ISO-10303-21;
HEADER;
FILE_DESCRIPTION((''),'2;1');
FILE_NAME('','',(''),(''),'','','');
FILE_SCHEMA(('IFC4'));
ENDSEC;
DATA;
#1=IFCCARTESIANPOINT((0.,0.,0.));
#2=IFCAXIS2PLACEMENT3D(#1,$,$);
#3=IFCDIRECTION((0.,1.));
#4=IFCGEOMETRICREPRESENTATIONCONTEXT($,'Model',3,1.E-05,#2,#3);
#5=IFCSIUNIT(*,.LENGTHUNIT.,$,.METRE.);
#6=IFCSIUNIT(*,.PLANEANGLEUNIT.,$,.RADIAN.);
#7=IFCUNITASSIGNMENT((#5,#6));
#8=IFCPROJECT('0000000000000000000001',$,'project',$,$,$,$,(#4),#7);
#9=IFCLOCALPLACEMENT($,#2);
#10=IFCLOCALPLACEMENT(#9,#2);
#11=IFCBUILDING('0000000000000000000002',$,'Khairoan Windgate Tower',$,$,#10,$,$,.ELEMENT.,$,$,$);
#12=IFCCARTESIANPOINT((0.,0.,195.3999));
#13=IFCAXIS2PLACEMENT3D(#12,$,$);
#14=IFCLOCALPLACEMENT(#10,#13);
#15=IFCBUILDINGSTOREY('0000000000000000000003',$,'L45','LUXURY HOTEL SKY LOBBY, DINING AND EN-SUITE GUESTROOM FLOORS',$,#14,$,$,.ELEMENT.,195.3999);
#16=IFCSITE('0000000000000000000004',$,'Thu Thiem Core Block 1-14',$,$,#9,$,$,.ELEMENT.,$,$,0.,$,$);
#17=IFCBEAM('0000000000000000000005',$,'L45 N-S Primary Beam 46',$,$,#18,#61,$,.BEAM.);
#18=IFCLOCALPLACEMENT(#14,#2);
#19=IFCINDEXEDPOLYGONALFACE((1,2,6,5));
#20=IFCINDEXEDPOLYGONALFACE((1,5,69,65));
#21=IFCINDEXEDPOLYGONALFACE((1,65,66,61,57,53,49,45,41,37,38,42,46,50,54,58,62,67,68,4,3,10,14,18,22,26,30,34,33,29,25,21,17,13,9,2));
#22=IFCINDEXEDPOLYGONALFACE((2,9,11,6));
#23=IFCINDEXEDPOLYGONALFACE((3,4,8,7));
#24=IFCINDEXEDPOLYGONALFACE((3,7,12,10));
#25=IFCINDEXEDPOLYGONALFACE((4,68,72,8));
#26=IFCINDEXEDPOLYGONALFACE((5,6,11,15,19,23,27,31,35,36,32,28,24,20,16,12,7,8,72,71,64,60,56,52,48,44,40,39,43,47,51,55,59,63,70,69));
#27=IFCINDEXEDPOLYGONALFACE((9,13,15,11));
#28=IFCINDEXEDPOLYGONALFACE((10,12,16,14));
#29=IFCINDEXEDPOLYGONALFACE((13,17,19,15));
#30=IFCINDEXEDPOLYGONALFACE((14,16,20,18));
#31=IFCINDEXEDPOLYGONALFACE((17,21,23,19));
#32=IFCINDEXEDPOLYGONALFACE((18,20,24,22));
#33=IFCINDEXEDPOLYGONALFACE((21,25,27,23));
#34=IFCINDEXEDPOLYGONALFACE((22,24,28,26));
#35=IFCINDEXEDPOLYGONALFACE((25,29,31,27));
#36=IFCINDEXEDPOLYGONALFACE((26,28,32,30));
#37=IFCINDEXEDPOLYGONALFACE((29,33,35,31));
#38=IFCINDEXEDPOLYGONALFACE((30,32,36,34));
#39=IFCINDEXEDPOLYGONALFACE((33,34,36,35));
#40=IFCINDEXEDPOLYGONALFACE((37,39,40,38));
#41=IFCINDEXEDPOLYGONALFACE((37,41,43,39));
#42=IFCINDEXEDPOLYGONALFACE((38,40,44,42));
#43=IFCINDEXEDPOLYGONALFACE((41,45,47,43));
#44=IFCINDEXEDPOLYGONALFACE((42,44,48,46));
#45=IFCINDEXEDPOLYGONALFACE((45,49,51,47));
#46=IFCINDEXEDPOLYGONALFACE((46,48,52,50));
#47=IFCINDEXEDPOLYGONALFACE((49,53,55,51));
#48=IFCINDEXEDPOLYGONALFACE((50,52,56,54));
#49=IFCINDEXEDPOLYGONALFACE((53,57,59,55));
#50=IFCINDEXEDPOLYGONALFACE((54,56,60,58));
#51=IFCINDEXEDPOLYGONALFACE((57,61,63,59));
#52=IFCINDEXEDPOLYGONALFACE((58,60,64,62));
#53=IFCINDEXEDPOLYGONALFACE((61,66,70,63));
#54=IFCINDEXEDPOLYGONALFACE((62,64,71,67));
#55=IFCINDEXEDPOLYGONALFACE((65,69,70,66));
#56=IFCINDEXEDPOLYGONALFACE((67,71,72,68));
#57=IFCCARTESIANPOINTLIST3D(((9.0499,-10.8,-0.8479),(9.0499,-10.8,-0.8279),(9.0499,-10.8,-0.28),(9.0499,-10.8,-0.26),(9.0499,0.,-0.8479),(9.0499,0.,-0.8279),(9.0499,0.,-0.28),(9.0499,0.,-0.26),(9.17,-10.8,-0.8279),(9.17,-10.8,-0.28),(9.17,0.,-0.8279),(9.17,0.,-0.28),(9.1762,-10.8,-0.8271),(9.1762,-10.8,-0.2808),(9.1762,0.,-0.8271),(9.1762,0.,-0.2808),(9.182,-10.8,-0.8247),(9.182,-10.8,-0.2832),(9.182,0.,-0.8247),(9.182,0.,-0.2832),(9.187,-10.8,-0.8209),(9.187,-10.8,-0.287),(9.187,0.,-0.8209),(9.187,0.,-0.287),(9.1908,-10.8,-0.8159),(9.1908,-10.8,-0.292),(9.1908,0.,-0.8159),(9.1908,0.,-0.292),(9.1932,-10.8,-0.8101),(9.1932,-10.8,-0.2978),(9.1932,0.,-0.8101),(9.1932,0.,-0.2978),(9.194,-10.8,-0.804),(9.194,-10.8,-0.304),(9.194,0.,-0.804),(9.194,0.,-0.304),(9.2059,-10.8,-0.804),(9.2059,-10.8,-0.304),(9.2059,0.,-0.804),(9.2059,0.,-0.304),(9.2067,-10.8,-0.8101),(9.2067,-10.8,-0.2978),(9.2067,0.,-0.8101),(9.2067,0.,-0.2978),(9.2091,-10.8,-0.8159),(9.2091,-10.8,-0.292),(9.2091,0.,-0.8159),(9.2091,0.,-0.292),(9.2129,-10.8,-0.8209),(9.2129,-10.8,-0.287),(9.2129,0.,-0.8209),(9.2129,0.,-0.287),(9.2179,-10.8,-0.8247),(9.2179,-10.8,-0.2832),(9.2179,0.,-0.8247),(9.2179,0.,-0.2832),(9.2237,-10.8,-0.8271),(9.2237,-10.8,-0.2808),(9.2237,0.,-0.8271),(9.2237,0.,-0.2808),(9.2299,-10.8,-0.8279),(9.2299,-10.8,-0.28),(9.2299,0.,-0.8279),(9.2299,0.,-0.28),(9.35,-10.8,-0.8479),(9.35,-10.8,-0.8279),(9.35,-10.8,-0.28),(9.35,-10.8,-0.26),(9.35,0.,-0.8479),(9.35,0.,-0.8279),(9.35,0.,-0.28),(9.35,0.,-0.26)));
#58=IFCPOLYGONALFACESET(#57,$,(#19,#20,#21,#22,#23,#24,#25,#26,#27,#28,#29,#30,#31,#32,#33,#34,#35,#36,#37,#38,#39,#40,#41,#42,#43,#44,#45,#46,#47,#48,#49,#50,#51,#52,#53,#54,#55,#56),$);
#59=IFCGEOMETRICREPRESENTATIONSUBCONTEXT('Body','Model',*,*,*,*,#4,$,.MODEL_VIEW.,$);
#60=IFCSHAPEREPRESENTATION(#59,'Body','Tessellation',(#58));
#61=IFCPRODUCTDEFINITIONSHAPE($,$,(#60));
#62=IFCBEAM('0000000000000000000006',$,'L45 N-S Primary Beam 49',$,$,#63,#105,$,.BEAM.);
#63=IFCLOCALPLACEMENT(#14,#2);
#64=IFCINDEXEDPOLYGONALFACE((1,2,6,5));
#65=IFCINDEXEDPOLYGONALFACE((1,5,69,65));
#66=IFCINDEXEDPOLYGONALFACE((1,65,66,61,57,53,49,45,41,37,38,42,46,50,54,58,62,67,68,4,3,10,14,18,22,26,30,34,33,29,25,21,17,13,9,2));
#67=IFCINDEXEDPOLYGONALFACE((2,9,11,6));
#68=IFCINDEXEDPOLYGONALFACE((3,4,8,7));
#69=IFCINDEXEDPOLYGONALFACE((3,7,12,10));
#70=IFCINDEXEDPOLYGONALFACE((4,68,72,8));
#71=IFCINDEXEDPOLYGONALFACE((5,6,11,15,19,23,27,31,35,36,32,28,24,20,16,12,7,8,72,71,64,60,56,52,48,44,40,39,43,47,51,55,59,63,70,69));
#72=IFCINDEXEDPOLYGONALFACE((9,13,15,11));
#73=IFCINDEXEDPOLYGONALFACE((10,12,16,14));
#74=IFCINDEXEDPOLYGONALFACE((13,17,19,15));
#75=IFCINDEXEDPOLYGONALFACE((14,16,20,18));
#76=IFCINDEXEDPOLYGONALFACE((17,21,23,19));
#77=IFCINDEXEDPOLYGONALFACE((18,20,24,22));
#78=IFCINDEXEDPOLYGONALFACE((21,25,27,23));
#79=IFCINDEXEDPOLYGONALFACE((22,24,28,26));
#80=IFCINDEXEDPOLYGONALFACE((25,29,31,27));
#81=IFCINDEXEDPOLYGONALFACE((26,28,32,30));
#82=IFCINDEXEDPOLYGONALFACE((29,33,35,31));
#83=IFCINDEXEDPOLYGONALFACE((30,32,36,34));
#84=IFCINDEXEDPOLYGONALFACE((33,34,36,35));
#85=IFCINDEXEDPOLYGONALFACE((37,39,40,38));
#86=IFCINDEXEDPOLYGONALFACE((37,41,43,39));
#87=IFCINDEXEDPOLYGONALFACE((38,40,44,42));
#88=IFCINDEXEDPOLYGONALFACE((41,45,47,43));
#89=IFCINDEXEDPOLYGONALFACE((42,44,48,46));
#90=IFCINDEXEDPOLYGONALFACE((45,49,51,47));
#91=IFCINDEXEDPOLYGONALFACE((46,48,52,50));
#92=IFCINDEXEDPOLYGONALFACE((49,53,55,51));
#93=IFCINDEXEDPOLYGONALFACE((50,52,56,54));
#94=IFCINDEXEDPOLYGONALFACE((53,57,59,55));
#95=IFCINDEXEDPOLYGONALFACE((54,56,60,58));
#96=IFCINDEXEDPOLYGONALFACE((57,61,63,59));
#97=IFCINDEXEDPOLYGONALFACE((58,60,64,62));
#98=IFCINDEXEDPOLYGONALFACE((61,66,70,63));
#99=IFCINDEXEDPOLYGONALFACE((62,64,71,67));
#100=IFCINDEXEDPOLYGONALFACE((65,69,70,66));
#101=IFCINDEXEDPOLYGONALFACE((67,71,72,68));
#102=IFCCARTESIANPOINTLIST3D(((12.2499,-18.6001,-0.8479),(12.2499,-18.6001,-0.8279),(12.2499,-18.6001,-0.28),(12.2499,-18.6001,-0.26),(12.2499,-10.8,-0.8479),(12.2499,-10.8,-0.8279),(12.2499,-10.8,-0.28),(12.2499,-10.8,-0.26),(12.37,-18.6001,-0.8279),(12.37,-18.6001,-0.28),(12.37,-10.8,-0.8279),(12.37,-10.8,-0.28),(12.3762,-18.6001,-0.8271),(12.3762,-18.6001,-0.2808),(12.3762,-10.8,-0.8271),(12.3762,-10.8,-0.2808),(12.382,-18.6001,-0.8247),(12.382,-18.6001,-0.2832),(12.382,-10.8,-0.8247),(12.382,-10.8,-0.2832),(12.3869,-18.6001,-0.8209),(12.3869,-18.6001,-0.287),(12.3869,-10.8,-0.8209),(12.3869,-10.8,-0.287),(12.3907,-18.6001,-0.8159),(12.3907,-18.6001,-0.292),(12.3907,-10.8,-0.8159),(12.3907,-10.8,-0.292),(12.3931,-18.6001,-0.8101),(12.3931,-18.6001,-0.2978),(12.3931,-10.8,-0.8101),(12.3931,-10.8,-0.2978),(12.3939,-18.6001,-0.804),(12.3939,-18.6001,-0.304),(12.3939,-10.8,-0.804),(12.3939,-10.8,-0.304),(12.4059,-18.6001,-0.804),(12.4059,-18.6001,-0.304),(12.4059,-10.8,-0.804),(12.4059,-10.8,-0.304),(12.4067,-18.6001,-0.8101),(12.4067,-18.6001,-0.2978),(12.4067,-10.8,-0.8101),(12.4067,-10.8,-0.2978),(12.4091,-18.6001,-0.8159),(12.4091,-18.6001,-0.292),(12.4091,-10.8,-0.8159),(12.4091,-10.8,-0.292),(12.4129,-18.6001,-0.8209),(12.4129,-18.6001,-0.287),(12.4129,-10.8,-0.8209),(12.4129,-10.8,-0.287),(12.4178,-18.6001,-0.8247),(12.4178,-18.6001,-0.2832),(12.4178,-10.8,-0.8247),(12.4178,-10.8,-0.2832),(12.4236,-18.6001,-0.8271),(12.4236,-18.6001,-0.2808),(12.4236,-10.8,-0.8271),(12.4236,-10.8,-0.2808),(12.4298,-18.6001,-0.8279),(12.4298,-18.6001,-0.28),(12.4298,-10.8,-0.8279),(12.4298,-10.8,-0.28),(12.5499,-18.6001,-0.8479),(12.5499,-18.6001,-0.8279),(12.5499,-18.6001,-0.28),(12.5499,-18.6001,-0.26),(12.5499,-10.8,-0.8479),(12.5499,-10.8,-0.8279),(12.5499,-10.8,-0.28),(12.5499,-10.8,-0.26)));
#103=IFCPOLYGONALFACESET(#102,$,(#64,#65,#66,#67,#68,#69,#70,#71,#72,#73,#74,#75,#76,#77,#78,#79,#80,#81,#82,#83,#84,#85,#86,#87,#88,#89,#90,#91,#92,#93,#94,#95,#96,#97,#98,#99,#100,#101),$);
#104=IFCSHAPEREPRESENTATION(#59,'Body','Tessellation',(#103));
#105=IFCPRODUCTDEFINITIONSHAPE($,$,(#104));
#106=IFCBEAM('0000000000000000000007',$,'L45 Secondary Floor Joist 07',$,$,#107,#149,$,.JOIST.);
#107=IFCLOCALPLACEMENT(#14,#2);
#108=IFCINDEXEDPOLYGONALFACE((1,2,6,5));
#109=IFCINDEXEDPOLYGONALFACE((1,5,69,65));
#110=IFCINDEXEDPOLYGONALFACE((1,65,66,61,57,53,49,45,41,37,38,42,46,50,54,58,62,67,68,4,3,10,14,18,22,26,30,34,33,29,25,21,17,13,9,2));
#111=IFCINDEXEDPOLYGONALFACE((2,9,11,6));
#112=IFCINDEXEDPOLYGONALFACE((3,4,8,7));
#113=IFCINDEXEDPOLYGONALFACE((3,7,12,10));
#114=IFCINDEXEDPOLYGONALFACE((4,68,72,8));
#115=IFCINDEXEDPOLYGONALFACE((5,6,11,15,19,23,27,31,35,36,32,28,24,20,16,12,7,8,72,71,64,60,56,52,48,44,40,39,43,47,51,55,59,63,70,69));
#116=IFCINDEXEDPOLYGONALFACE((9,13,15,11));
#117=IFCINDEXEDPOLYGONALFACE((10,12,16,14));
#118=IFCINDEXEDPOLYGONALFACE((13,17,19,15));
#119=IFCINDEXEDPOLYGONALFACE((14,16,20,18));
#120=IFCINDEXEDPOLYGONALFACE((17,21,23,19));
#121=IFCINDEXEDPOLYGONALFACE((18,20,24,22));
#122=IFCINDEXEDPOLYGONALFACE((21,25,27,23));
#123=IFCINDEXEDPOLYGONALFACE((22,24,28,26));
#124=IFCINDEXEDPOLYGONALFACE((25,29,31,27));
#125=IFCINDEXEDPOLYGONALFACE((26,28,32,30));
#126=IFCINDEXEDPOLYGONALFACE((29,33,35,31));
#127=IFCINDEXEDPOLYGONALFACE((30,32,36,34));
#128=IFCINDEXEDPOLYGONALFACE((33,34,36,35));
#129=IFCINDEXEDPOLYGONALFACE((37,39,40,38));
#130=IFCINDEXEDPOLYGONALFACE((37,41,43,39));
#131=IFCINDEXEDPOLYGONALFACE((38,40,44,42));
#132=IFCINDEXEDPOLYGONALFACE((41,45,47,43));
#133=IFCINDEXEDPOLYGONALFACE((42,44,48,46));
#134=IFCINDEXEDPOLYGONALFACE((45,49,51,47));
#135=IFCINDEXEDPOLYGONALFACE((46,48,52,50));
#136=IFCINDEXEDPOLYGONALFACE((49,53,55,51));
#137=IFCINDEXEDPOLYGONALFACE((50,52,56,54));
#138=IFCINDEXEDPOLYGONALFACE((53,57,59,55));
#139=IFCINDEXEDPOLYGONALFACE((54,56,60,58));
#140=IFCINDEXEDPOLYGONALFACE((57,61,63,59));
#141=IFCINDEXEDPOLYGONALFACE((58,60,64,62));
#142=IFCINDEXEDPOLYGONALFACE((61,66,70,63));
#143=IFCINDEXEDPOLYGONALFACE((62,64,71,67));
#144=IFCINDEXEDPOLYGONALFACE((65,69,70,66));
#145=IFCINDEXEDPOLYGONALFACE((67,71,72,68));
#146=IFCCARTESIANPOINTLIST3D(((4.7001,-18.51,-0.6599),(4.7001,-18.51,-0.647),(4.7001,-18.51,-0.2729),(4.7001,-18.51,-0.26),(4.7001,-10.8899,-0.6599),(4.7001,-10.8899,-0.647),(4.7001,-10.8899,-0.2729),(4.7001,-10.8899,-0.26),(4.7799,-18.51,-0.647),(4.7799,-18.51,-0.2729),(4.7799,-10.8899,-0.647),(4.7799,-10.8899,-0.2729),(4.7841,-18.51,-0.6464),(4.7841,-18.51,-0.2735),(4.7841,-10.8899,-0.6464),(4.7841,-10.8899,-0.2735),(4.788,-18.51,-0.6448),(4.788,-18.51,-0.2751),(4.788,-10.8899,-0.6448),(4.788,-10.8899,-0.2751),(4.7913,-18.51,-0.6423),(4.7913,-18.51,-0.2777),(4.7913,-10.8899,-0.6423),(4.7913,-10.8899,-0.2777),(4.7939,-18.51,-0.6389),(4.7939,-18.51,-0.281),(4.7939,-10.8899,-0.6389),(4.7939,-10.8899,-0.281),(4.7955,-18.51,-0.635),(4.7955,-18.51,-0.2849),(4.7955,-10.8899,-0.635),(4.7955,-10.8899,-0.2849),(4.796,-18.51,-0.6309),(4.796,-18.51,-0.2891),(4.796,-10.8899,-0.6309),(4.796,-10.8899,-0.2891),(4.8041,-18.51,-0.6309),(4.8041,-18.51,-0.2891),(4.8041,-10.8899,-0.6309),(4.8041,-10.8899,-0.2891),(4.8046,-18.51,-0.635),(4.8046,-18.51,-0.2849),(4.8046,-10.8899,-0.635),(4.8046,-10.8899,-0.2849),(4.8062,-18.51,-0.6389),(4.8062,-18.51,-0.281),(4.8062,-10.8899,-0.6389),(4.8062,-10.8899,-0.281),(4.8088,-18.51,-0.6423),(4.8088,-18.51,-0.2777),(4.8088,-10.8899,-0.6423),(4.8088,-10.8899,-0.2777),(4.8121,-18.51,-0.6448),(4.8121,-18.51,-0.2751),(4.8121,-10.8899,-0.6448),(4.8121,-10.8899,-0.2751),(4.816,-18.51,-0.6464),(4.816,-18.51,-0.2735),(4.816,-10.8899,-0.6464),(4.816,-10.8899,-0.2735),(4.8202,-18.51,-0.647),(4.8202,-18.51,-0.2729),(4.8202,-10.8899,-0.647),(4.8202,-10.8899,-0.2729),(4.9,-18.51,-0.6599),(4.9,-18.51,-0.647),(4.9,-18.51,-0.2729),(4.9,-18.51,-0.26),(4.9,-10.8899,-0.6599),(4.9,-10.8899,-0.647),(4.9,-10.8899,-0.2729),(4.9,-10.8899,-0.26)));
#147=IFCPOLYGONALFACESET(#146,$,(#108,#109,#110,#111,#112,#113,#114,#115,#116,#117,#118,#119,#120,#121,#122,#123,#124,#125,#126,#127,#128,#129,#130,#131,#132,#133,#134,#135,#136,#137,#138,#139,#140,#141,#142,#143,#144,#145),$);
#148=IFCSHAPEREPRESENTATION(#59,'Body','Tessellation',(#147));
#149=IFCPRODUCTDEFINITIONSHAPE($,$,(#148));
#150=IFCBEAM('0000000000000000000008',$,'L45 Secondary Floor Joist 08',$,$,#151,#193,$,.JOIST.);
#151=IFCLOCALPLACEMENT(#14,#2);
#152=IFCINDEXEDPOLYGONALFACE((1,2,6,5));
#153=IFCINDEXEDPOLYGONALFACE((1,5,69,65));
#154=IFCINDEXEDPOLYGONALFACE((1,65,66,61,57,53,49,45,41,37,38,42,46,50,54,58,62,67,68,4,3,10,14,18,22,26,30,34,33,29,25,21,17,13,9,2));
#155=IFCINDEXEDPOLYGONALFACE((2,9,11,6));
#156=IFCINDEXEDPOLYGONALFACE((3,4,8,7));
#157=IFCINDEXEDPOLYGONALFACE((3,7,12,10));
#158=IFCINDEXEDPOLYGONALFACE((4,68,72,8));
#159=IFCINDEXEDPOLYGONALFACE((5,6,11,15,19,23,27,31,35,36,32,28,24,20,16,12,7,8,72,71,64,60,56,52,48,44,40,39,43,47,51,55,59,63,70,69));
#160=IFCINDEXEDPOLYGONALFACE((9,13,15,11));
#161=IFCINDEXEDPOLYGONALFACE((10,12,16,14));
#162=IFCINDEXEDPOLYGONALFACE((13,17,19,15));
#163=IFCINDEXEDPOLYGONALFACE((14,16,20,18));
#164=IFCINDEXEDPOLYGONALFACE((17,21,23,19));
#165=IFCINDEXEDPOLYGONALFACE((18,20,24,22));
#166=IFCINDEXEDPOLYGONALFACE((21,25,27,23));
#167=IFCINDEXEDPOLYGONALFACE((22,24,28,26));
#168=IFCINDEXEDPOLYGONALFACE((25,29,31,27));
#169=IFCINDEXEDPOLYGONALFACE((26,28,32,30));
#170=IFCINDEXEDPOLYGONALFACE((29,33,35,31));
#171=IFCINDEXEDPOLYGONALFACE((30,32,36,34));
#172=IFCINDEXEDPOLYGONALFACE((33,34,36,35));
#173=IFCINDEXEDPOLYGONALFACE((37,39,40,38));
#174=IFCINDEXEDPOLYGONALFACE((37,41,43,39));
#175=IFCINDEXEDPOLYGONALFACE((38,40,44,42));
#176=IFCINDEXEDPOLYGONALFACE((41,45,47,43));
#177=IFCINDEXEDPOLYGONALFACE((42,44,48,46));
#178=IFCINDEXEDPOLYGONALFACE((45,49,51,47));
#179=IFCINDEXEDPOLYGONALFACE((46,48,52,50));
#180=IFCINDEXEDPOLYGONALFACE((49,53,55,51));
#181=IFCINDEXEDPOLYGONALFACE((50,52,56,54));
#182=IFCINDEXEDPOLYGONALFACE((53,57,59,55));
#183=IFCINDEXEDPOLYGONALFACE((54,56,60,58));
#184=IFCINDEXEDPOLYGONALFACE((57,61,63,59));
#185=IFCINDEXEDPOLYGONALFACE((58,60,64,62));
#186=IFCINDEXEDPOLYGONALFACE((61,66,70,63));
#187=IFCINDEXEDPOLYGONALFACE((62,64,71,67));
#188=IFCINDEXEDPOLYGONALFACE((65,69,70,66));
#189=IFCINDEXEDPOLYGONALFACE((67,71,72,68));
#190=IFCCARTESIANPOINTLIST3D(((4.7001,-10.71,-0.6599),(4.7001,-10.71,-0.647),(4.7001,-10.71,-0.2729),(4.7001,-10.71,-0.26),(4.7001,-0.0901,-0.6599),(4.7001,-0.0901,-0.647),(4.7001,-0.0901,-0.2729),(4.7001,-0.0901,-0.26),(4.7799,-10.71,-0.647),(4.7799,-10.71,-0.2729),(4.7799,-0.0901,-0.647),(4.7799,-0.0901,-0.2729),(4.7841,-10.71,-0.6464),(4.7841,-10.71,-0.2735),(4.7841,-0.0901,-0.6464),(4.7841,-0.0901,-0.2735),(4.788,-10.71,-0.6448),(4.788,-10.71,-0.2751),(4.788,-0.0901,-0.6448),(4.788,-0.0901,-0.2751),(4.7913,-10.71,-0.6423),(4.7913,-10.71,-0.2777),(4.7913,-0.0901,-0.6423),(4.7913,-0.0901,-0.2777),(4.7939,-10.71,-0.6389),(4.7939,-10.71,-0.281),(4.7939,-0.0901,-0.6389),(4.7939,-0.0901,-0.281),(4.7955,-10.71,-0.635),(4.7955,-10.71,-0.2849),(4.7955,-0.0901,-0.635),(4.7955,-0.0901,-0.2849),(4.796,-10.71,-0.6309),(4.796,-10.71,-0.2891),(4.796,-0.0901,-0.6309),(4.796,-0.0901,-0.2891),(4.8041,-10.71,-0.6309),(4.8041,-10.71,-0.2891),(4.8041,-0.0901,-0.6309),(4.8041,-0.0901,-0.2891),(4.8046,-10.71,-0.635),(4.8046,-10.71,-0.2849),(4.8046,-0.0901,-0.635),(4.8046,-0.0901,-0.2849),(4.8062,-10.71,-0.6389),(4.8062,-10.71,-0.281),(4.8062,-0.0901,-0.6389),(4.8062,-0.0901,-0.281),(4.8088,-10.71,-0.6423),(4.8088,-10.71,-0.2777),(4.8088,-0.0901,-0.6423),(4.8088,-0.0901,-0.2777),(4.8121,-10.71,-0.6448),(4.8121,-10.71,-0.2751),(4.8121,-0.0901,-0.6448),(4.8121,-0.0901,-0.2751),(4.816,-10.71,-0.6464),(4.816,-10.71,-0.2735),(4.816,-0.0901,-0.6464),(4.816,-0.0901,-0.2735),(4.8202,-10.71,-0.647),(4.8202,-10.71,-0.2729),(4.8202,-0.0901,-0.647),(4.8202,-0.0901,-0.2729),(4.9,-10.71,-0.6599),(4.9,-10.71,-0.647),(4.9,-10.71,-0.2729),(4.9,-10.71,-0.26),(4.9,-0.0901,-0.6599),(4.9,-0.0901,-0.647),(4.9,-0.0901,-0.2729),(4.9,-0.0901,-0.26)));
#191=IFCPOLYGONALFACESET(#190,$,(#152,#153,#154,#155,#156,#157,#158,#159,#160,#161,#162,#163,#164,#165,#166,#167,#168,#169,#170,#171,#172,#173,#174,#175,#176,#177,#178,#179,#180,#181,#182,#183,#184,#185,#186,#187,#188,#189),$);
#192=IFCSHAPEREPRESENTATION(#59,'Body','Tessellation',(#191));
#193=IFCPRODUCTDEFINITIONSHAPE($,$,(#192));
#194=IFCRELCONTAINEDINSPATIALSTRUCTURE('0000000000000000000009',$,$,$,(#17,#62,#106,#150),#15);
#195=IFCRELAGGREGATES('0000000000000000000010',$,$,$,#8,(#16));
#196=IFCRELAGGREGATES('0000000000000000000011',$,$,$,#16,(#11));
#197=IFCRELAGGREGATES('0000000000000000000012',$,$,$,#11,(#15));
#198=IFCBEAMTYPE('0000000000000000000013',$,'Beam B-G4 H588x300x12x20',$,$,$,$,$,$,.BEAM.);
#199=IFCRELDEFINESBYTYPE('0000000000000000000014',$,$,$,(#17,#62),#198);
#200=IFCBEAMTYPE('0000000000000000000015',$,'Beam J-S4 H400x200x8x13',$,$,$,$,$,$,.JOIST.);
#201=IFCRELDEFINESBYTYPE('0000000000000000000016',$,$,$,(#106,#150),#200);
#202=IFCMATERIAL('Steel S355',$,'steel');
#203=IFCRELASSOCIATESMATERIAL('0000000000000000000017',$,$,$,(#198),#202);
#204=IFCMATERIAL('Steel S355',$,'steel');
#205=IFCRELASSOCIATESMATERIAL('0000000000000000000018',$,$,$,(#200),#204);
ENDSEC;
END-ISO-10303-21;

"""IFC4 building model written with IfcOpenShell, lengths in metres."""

from ifc_helpers import new_model, si_unit, direction, frame, origin, origin_2d, place, context, subcontext, project, spatial, i_section, extrude, material, material_profile, profile_set, type_object, element, save


model = new_model("IFC4")

# Units and contexts
model_context = context("Model", 3, precision=1e-05, world=origin(), true_north=direction((0.0, 1.0)))
body_context = subcontext(model_context, "Body", "Model", "MODEL_VIEW")
ifc_project = project(units=[si_unit("LENGTHUNIT", "METRE"), si_unit("PLANEANGLEUNIT", "RADIAN")], contexts=[model_context])

# Site, building, storey
site_placement = place(None, origin())
site = spatial("IfcSite", under=ifc_project, at=site_placement, Name="Thu Thiem Core Block 1-14", CompositionType="ELEMENT", RefElevation=0.0)
building_placement = place(site_placement, origin())
building = spatial("IfcBuilding", under=site, at=building_placement, Name="Khairoan Windgate Tower", CompositionType="ELEMENT")
storey_placement = place(building_placement, frame((0.0, 0.0, 195.3999)))
storey = spatial("IfcBuildingStorey", under=building, at=storey_placement, Name="L45", Description="LUXURY HOTEL SKY LOBBY, DINING AND EN-SUITE GUESTROOM FLOORS", CompositionType="ELEMENT", Elevation=195.3999)

# Beams
ifc_material_1 = material(Name="Steel S355", Category="steel")
ifc_material_profile_1 = material_profile(ifc_material_1, i_section(OverallWidth=0.3, OverallDepth=0.5879, WebThickness=0.012, FlangeThickness=0.02, FilletRadius=0.0239, at=origin_2d()))
ifc_profile_set_1 = profile_set([ifc_material_profile_1], Name="Steel S355")
beam_type_1 = type_object("IfcBeamType", Name="Beam B-G4 H588x300x12x20", PredefinedType="BEAM", material=ifc_profile_set_1)
beam_1_placement = place(storey_placement, frame((9.2, -10.8, -0.554), z_axis=(0.0, 1.0, 0.0), x_axis=(-1.0, 0.0, 0.0)))
element("IfcBeam", 1, at=beam_1_placement, inside=storey, type_object=beam_type_1, Name="L45 N-S Primary Beam 46", PredefinedType="BEAM", context=body_context, shape_type="SweptSolid", body=[
    extrude(i_section(OverallWidth=0.3, OverallDepth=0.5879, WebThickness=0.012, FlangeThickness=0.02, FilletRadius=0.0239, at=origin_2d()), origin(), (0.0, 0.0, 1.0), 10.8),
])
beam_2_placement = place(storey_placement, frame((12.3999, -18.6001, -0.554), z_axis=(0.0, 1.0, 0.0), x_axis=(-1.0, 0.0, 0.0)))
element("IfcBeam", 2, at=beam_2_placement, inside=storey, type_object=beam_type_1, Name="L45 N-S Primary Beam 49", PredefinedType="BEAM", context=body_context, shape_type="SweptSolid", body=[
    extrude(i_section(OverallWidth=0.3, OverallDepth=0.5879, WebThickness=0.012, FlangeThickness=0.02, FilletRadius=0.0239, at=origin_2d()), origin(), (0.0, 0.0, 1.0), 7.8),
])
ifc_material_2 = material(Name="Steel S355", Category="steel")
ifc_material_profile_2 = material_profile(ifc_material_2, i_section(OverallWidth=0.2, OverallDepth=0.3999, WebThickness=0.0081, FlangeThickness=0.0129, FilletRadius=0.0161, at=origin_2d()))
ifc_profile_set_2 = profile_set([ifc_material_profile_2], Name="Steel S355")
beam_type_2 = type_object("IfcBeamType", Name="Beam J-S4 H400x200x8x13", PredefinedType="JOIST", material=ifc_profile_set_2)
beam_3_placement = place(storey_placement, frame((4.8, -18.51, -0.46), z_axis=(0.0, 1.0, 0.0), x_axis=(-1.0, 0.0, 0.0)))
element("IfcBeam", 3, at=beam_3_placement, inside=storey, type_object=beam_type_2, Name="L45 Secondary Floor Joist 07", PredefinedType="JOIST", context=body_context, shape_type="SweptSolid", body=[
    extrude(i_section(OverallWidth=0.2, OverallDepth=0.3999, WebThickness=0.0081, FlangeThickness=0.0129, FilletRadius=0.0161, at=origin_2d()), origin(), (0.0, 0.0, 1.0), 7.6201),
])
beam_4_placement = place(storey_placement, frame((4.8, -10.71, -0.46), z_axis=(0.0, 1.0, 0.0), x_axis=(-1.0, 0.0, 0.0)))
element("IfcBeam", 4, at=beam_4_placement, inside=storey, type_object=beam_type_2, Name="L45 Secondary Floor Joist 08", PredefinedType="JOIST", context=body_context, shape_type="SweptSolid", body=[
    extrude(i_section(OverallWidth=0.2, OverallDepth=0.3999, WebThickness=0.0081, FlangeThickness=0.0129, FilletRadius=0.0161, at=origin_2d()), origin(), (0.0, 0.0, 1.0), 10.6199),
])

save(model, "model.ifc")
